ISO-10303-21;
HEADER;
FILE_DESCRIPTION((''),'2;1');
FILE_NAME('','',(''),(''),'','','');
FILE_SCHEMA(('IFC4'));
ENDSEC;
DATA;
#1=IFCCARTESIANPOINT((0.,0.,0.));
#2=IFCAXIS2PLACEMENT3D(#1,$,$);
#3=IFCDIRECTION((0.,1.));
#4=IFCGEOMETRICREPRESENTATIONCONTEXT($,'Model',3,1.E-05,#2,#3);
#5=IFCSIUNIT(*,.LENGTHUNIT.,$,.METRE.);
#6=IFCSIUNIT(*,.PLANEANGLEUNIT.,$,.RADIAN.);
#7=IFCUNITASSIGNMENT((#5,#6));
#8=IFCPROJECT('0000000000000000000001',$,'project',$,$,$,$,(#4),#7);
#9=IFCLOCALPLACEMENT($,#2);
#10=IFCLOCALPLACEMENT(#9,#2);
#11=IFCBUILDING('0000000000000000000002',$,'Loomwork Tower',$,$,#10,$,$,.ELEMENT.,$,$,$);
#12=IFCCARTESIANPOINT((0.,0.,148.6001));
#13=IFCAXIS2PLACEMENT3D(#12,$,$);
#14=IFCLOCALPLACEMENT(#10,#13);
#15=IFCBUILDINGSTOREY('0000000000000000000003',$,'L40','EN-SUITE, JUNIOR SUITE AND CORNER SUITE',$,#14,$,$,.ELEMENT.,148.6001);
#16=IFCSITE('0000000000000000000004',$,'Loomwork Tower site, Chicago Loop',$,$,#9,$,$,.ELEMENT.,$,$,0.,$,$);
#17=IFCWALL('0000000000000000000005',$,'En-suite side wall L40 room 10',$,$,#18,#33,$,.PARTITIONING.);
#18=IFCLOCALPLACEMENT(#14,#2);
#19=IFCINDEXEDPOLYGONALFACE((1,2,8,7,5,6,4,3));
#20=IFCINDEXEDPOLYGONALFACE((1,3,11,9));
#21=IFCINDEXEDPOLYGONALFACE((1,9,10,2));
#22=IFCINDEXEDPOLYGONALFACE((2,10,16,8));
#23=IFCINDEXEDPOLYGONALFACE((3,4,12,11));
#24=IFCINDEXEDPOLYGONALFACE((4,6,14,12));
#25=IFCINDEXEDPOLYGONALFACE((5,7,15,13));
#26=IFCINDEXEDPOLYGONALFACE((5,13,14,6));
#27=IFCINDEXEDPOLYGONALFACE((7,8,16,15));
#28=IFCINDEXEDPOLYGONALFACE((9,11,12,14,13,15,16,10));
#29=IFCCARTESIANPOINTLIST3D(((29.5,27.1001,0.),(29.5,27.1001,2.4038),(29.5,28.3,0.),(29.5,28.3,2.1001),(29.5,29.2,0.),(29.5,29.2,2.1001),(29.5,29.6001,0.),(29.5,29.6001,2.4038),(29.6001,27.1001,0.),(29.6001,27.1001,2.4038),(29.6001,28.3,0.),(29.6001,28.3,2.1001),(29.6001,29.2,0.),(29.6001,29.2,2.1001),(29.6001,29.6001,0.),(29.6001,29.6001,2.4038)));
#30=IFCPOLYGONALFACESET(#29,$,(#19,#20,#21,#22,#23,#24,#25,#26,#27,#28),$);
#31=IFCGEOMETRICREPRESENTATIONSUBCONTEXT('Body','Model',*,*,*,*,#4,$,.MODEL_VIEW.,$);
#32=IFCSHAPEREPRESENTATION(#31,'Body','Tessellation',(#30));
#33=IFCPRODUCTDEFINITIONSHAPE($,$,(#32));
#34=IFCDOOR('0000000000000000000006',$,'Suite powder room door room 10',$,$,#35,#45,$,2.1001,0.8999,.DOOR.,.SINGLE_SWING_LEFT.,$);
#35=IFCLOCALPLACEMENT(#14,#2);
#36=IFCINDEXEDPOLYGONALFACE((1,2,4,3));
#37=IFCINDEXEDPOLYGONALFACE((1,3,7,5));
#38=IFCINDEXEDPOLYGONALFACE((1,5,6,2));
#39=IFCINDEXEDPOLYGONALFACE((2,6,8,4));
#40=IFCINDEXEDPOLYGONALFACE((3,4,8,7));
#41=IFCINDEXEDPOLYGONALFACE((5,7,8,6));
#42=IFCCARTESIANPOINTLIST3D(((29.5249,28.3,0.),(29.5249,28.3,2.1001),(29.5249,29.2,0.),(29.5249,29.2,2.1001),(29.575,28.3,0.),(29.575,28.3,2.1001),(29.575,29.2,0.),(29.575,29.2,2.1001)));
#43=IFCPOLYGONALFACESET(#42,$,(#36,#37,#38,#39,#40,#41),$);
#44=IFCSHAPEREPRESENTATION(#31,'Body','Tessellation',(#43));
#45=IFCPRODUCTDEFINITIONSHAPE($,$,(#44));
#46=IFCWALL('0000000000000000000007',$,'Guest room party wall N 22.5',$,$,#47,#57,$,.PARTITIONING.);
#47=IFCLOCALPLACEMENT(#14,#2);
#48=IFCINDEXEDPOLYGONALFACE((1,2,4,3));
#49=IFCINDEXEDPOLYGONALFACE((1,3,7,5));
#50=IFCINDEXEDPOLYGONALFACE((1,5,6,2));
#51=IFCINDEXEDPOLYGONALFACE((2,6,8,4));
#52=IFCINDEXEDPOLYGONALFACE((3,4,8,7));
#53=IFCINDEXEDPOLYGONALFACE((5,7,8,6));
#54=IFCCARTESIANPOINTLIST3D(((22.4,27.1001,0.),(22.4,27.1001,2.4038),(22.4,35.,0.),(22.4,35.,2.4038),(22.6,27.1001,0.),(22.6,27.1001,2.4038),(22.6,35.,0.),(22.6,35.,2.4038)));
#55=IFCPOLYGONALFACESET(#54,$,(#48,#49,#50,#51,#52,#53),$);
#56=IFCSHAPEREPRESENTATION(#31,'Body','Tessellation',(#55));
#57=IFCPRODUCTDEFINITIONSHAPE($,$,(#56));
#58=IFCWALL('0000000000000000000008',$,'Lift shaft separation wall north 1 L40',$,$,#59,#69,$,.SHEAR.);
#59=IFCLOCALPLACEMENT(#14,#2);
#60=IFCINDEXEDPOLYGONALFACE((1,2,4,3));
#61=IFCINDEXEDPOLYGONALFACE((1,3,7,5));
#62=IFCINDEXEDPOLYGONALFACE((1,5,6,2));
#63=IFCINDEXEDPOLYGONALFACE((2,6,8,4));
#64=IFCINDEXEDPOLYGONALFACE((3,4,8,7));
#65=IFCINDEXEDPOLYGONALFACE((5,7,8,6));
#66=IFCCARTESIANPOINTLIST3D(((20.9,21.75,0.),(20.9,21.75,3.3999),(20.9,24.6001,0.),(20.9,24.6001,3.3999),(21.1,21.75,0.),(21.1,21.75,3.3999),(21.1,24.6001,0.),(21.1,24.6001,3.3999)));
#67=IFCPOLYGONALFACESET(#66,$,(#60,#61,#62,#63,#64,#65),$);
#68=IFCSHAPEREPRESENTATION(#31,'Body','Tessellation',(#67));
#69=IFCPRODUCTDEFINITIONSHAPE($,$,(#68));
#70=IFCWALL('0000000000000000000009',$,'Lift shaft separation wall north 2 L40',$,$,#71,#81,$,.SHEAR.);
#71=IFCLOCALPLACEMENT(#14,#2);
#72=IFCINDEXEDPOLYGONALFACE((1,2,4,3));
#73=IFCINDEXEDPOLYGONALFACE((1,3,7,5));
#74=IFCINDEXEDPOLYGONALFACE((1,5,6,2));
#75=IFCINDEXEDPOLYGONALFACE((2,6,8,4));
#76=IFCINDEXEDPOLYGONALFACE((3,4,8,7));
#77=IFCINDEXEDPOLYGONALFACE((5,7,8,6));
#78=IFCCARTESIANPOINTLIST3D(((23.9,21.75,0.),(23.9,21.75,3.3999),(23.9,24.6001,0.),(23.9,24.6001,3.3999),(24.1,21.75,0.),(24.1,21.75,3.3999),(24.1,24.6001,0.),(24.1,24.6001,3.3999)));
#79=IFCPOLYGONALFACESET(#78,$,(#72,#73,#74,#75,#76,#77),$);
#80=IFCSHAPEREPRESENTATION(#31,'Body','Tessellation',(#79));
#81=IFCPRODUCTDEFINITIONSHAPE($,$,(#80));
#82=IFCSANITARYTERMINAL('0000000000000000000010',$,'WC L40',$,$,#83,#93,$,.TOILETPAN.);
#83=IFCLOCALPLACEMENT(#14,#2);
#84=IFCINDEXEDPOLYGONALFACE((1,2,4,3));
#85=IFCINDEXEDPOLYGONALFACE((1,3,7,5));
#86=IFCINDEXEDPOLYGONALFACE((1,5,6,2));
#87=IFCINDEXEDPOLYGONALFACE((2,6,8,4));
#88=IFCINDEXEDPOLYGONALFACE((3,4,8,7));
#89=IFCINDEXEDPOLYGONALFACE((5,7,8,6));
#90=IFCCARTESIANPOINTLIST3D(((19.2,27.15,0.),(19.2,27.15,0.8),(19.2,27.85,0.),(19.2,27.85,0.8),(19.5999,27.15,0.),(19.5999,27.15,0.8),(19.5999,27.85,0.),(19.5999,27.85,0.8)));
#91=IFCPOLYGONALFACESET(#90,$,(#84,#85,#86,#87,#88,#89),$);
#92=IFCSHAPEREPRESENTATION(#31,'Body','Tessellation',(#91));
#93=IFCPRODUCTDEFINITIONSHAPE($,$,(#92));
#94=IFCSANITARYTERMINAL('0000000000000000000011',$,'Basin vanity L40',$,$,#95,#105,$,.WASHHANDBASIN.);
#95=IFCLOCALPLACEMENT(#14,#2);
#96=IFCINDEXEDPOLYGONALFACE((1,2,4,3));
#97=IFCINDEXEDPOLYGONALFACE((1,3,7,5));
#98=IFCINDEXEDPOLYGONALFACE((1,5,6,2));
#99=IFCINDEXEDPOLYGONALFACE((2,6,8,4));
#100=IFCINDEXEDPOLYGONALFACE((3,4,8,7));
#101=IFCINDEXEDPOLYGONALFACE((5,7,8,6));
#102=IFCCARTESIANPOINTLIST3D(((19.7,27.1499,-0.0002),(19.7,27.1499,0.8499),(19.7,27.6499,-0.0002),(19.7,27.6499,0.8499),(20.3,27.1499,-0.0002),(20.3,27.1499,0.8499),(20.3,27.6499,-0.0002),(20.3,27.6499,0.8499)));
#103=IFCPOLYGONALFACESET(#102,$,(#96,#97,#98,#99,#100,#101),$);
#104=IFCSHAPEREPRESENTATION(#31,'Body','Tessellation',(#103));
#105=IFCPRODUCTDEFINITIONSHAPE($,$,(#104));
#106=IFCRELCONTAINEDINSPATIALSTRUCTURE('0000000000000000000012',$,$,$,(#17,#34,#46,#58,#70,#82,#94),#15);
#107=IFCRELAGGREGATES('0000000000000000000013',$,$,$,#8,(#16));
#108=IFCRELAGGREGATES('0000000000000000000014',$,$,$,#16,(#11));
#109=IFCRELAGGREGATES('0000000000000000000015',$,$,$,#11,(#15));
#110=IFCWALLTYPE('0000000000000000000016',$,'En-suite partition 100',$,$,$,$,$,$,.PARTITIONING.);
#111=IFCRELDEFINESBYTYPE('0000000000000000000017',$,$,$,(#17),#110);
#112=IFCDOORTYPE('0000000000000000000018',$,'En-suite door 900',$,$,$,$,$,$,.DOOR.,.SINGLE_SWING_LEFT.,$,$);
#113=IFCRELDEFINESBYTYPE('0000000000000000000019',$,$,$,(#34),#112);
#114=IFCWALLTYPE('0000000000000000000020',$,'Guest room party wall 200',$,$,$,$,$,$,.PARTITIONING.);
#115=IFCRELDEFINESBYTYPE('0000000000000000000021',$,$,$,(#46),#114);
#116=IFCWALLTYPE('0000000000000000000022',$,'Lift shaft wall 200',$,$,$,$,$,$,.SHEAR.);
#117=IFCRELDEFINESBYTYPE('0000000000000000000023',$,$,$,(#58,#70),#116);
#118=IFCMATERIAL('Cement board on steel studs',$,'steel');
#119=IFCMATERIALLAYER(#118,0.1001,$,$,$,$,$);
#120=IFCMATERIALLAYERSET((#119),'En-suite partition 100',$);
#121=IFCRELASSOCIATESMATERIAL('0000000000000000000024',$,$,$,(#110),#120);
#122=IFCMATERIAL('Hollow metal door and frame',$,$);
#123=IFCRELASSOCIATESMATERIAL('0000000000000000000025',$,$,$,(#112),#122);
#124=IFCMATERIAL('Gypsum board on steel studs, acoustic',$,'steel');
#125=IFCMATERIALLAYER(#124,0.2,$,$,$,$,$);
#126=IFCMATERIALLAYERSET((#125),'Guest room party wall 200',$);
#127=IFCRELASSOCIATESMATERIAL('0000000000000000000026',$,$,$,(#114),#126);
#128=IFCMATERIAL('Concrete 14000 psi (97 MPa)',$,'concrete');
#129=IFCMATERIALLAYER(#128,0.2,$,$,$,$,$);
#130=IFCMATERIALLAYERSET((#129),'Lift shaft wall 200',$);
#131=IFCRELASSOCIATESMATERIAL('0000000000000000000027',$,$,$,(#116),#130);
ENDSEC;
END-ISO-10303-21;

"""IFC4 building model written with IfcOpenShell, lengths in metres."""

from ifc_helpers import new_model, si_unit, direction, frame, frame_2d, origin, origin_2d, place, context, subcontext, project, spatial, rectangle, extrude, material, layer, layer_set, type_object, element, fill, save


model = new_model("IFC4")

# Units and contexts
model_context = context("Model", 3, precision=1e-05, world=origin(), true_north=direction((0.0, 1.0)))
body_context = subcontext(model_context, "Body", "Model", "MODEL_VIEW")
ifc_project = project(units=[si_unit("LENGTHUNIT", "METRE"), si_unit("PLANEANGLEUNIT", "RADIAN")], contexts=[model_context])

# Site, building, storey
site_placement = place(None, origin())
site = spatial("IfcSite", under=ifc_project, at=site_placement, Name="Loomwork Tower site, Chicago Loop", CompositionType="ELEMENT", RefElevation=0.0)
building_placement = place(site_placement, origin())
building = spatial("IfcBuilding", under=site, at=building_placement, Name="Loomwork Tower", CompositionType="ELEMENT")
storey_placement = place(building_placement, frame((0.0, 0.0, 148.6001)))
storey = spatial("IfcBuildingStorey", under=building, at=storey_placement, Name="L40", Description="EN-SUITE, JUNIOR SUITE AND CORNER SUITE", CompositionType="ELEMENT", Elevation=148.6001)

# Shared definitions
ifc_material_1 = material(Name="Cement board on steel studs", Category="steel")
ifc_layer_1 = layer(ifc_material_1, 0.1001)
ifc_layer_set_1 = layer_set([ifc_layer_1], Name="En-suite partition 100")
wall_type_1 = type_object("IfcWallType", Name="En-suite partition 100", PredefinedType="PARTITIONING", material=ifc_layer_set_1)
ifc_material_2 = material(Name="Hollow metal door and frame")
door_type_1 = type_object("IfcDoorType", Name="En-suite door 900", OperationType="SINGLE_SWING_LEFT", PredefinedType="DOOR", material=ifc_material_2)

# Wall, opening, door
wall_1_placement = place(storey_placement, frame((29.55, 27.1001, 0.0), z_axis=(0.0, 0.0, 1.0), x_axis=(0.0, 1.0, 0.0)))
wall_1 = element("IfcWall", 1, at=wall_1_placement, inside=storey, type_object=wall_type_1, Name="En-suite side wall L40 room 10", PredefinedType="PARTITIONING", context=body_context, shape_type="SweptSolid", body=[
    extrude(rectangle(XDim=2.5, YDim=0.1001, at=frame_2d((1.25, 0.0))), origin(), (0.0, 0.0, 1.0), 2.4038),
])
opening_1_placement = place(wall_1_placement, frame((1.2, 0.0, 0.0)))
opening_1 = element("IfcOpeningElement", 2, at=opening_1_placement, cuts=wall_1, PredefinedType="OPENING", context=body_context, shape_type="SweptSolid", body=[
    extrude(rectangle(XDim=0.8999, YDim=2.1001, at=frame_2d((0.45, 1.05))), frame((0.0, 0.0601, 0.0), z_axis=(0.0, -1.0, 0.0), x_axis=(1.0, 0.0, 0.0)), (0.0, 0.0, 1.0), 0.1201),
])
door_1_placement = place(opening_1_placement, frame((0.8999, 0.0, 0.0), z_axis=(0.0, 0.0, 1.0), x_axis=(-1.0, 0.0, 0.0)))
door_1 = element("IfcDoor", 3, at=door_1_placement, inside=storey, type_object=door_type_1, Name="Suite powder room door room 10", OperationType="SINGLE_SWING_LEFT", OverallHeight=2.1001, OverallWidth=0.8999, PredefinedType="DOOR", context=body_context, shape_type="SweptSolid", body=[
    extrude(rectangle(XDim=0.8999, YDim=2.1001, at=frame_2d((0.45, 1.05))), frame((0.0, 0.0249, 0.0), z_axis=(0.0, -1.0, 0.0), x_axis=(1.0, 0.0, 0.0)), (0.0, 0.0, 1.0), 0.05),
])
fill(opening_1, door_1)

# Walls
ifc_material_3 = material(Name="Gypsum board on steel studs, acoustic", Category="steel")
ifc_layer_2 = layer(ifc_material_3, 0.2)
ifc_layer_set_2 = layer_set([ifc_layer_2], Name="Guest room party wall 200")
wall_type_2 = type_object("IfcWallType", Name="Guest room party wall 200", PredefinedType="PARTITIONING", material=ifc_layer_set_2)
wall_2_placement = place(storey_placement, frame((22.5, 27.1001, 0.0), z_axis=(0.0, 0.0, 1.0), x_axis=(0.0, 1.0, 0.0)))
element("IfcWall", 4, at=wall_2_placement, inside=storey, type_object=wall_type_2, Name="Guest room party wall N 22.5", PredefinedType="PARTITIONING", context=body_context, shape_type="SweptSolid", body=[
    extrude(rectangle(XDim=7.8999, YDim=0.2, at=frame_2d((3.95, 0.0))), origin(), (0.0, 0.0, 1.0), 2.4038),
])
ifc_material_4 = material(Name="Concrete 14000 psi (97 MPa)", Category="concrete")
ifc_layer_3 = layer(ifc_material_4, 0.2)
ifc_layer_set_3 = layer_set([ifc_layer_3], Name="Lift shaft wall 200")
wall_type_3 = type_object("IfcWallType", Name="Lift shaft wall 200", PredefinedType="SHEAR", material=ifc_layer_set_3)
for number, where, z_axis, x_axis, name in (
    (5, (21.0, 21.75, 0.0), (0.0, 0.0, 1.0), (0.0, 1.0, 0.0), "Lift shaft separation wall north 1 L40"),
    (6, (24.0, 21.75, 0.0), (0.0, 0.0, 1.0), (0.0, 1.0, 0.0), "Lift shaft separation wall north 2 L40"),
):
    element("IfcWall", number, at=place(storey_placement, frame(where, z_axis=z_axis, x_axis=x_axis)), inside=storey, type_object=wall_type_3, Name=name, PredefinedType="SHEAR", context=body_context, shape_type="SweptSolid", body=[
        extrude(rectangle(XDim=2.8501, YDim=0.2, at=frame_2d((1.425, 0.0))), origin(), (0.0, 0.0, 1.0), 3.3999),
    ])

# Sanitary terminals
sanitary_terminal_1_placement = place(storey_placement, frame((19.3999, 27.5, 0.0), z_axis=(0.0, 0.0, 1.0), x_axis=(1.0, 0.0, 0.0)))
element("IfcSanitaryTerminal", 7, at=sanitary_terminal_1_placement, inside=storey, Name="WC L40", PredefinedType="TOILETPAN", context=body_context, shape_type="SweptSolid", body=[
    extrude(rectangle(XDim=0.3999, YDim=0.7, at=origin_2d()), origin(), (0.0, 0.0, 1.0), 0.8),
])
sanitary_terminal_2_placement = place(storey_placement, frame((20.0, 27.3999, -0.0002), z_axis=(0.0, 0.0, 1.0), x_axis=(1.0, 0.0, 0.0)))
element("IfcSanitaryTerminal", 8, at=sanitary_terminal_2_placement, inside=storey, Name="Basin vanity L40", PredefinedType="WASHHANDBASIN", context=body_context, shape_type="SweptSolid", body=[
    extrude(rectangle(XDim=0.6001, YDim=0.5, at=origin_2d()), origin(), (0.0, 0.0, 1.0), 0.8501),
])

save(model, "model.ifc")
